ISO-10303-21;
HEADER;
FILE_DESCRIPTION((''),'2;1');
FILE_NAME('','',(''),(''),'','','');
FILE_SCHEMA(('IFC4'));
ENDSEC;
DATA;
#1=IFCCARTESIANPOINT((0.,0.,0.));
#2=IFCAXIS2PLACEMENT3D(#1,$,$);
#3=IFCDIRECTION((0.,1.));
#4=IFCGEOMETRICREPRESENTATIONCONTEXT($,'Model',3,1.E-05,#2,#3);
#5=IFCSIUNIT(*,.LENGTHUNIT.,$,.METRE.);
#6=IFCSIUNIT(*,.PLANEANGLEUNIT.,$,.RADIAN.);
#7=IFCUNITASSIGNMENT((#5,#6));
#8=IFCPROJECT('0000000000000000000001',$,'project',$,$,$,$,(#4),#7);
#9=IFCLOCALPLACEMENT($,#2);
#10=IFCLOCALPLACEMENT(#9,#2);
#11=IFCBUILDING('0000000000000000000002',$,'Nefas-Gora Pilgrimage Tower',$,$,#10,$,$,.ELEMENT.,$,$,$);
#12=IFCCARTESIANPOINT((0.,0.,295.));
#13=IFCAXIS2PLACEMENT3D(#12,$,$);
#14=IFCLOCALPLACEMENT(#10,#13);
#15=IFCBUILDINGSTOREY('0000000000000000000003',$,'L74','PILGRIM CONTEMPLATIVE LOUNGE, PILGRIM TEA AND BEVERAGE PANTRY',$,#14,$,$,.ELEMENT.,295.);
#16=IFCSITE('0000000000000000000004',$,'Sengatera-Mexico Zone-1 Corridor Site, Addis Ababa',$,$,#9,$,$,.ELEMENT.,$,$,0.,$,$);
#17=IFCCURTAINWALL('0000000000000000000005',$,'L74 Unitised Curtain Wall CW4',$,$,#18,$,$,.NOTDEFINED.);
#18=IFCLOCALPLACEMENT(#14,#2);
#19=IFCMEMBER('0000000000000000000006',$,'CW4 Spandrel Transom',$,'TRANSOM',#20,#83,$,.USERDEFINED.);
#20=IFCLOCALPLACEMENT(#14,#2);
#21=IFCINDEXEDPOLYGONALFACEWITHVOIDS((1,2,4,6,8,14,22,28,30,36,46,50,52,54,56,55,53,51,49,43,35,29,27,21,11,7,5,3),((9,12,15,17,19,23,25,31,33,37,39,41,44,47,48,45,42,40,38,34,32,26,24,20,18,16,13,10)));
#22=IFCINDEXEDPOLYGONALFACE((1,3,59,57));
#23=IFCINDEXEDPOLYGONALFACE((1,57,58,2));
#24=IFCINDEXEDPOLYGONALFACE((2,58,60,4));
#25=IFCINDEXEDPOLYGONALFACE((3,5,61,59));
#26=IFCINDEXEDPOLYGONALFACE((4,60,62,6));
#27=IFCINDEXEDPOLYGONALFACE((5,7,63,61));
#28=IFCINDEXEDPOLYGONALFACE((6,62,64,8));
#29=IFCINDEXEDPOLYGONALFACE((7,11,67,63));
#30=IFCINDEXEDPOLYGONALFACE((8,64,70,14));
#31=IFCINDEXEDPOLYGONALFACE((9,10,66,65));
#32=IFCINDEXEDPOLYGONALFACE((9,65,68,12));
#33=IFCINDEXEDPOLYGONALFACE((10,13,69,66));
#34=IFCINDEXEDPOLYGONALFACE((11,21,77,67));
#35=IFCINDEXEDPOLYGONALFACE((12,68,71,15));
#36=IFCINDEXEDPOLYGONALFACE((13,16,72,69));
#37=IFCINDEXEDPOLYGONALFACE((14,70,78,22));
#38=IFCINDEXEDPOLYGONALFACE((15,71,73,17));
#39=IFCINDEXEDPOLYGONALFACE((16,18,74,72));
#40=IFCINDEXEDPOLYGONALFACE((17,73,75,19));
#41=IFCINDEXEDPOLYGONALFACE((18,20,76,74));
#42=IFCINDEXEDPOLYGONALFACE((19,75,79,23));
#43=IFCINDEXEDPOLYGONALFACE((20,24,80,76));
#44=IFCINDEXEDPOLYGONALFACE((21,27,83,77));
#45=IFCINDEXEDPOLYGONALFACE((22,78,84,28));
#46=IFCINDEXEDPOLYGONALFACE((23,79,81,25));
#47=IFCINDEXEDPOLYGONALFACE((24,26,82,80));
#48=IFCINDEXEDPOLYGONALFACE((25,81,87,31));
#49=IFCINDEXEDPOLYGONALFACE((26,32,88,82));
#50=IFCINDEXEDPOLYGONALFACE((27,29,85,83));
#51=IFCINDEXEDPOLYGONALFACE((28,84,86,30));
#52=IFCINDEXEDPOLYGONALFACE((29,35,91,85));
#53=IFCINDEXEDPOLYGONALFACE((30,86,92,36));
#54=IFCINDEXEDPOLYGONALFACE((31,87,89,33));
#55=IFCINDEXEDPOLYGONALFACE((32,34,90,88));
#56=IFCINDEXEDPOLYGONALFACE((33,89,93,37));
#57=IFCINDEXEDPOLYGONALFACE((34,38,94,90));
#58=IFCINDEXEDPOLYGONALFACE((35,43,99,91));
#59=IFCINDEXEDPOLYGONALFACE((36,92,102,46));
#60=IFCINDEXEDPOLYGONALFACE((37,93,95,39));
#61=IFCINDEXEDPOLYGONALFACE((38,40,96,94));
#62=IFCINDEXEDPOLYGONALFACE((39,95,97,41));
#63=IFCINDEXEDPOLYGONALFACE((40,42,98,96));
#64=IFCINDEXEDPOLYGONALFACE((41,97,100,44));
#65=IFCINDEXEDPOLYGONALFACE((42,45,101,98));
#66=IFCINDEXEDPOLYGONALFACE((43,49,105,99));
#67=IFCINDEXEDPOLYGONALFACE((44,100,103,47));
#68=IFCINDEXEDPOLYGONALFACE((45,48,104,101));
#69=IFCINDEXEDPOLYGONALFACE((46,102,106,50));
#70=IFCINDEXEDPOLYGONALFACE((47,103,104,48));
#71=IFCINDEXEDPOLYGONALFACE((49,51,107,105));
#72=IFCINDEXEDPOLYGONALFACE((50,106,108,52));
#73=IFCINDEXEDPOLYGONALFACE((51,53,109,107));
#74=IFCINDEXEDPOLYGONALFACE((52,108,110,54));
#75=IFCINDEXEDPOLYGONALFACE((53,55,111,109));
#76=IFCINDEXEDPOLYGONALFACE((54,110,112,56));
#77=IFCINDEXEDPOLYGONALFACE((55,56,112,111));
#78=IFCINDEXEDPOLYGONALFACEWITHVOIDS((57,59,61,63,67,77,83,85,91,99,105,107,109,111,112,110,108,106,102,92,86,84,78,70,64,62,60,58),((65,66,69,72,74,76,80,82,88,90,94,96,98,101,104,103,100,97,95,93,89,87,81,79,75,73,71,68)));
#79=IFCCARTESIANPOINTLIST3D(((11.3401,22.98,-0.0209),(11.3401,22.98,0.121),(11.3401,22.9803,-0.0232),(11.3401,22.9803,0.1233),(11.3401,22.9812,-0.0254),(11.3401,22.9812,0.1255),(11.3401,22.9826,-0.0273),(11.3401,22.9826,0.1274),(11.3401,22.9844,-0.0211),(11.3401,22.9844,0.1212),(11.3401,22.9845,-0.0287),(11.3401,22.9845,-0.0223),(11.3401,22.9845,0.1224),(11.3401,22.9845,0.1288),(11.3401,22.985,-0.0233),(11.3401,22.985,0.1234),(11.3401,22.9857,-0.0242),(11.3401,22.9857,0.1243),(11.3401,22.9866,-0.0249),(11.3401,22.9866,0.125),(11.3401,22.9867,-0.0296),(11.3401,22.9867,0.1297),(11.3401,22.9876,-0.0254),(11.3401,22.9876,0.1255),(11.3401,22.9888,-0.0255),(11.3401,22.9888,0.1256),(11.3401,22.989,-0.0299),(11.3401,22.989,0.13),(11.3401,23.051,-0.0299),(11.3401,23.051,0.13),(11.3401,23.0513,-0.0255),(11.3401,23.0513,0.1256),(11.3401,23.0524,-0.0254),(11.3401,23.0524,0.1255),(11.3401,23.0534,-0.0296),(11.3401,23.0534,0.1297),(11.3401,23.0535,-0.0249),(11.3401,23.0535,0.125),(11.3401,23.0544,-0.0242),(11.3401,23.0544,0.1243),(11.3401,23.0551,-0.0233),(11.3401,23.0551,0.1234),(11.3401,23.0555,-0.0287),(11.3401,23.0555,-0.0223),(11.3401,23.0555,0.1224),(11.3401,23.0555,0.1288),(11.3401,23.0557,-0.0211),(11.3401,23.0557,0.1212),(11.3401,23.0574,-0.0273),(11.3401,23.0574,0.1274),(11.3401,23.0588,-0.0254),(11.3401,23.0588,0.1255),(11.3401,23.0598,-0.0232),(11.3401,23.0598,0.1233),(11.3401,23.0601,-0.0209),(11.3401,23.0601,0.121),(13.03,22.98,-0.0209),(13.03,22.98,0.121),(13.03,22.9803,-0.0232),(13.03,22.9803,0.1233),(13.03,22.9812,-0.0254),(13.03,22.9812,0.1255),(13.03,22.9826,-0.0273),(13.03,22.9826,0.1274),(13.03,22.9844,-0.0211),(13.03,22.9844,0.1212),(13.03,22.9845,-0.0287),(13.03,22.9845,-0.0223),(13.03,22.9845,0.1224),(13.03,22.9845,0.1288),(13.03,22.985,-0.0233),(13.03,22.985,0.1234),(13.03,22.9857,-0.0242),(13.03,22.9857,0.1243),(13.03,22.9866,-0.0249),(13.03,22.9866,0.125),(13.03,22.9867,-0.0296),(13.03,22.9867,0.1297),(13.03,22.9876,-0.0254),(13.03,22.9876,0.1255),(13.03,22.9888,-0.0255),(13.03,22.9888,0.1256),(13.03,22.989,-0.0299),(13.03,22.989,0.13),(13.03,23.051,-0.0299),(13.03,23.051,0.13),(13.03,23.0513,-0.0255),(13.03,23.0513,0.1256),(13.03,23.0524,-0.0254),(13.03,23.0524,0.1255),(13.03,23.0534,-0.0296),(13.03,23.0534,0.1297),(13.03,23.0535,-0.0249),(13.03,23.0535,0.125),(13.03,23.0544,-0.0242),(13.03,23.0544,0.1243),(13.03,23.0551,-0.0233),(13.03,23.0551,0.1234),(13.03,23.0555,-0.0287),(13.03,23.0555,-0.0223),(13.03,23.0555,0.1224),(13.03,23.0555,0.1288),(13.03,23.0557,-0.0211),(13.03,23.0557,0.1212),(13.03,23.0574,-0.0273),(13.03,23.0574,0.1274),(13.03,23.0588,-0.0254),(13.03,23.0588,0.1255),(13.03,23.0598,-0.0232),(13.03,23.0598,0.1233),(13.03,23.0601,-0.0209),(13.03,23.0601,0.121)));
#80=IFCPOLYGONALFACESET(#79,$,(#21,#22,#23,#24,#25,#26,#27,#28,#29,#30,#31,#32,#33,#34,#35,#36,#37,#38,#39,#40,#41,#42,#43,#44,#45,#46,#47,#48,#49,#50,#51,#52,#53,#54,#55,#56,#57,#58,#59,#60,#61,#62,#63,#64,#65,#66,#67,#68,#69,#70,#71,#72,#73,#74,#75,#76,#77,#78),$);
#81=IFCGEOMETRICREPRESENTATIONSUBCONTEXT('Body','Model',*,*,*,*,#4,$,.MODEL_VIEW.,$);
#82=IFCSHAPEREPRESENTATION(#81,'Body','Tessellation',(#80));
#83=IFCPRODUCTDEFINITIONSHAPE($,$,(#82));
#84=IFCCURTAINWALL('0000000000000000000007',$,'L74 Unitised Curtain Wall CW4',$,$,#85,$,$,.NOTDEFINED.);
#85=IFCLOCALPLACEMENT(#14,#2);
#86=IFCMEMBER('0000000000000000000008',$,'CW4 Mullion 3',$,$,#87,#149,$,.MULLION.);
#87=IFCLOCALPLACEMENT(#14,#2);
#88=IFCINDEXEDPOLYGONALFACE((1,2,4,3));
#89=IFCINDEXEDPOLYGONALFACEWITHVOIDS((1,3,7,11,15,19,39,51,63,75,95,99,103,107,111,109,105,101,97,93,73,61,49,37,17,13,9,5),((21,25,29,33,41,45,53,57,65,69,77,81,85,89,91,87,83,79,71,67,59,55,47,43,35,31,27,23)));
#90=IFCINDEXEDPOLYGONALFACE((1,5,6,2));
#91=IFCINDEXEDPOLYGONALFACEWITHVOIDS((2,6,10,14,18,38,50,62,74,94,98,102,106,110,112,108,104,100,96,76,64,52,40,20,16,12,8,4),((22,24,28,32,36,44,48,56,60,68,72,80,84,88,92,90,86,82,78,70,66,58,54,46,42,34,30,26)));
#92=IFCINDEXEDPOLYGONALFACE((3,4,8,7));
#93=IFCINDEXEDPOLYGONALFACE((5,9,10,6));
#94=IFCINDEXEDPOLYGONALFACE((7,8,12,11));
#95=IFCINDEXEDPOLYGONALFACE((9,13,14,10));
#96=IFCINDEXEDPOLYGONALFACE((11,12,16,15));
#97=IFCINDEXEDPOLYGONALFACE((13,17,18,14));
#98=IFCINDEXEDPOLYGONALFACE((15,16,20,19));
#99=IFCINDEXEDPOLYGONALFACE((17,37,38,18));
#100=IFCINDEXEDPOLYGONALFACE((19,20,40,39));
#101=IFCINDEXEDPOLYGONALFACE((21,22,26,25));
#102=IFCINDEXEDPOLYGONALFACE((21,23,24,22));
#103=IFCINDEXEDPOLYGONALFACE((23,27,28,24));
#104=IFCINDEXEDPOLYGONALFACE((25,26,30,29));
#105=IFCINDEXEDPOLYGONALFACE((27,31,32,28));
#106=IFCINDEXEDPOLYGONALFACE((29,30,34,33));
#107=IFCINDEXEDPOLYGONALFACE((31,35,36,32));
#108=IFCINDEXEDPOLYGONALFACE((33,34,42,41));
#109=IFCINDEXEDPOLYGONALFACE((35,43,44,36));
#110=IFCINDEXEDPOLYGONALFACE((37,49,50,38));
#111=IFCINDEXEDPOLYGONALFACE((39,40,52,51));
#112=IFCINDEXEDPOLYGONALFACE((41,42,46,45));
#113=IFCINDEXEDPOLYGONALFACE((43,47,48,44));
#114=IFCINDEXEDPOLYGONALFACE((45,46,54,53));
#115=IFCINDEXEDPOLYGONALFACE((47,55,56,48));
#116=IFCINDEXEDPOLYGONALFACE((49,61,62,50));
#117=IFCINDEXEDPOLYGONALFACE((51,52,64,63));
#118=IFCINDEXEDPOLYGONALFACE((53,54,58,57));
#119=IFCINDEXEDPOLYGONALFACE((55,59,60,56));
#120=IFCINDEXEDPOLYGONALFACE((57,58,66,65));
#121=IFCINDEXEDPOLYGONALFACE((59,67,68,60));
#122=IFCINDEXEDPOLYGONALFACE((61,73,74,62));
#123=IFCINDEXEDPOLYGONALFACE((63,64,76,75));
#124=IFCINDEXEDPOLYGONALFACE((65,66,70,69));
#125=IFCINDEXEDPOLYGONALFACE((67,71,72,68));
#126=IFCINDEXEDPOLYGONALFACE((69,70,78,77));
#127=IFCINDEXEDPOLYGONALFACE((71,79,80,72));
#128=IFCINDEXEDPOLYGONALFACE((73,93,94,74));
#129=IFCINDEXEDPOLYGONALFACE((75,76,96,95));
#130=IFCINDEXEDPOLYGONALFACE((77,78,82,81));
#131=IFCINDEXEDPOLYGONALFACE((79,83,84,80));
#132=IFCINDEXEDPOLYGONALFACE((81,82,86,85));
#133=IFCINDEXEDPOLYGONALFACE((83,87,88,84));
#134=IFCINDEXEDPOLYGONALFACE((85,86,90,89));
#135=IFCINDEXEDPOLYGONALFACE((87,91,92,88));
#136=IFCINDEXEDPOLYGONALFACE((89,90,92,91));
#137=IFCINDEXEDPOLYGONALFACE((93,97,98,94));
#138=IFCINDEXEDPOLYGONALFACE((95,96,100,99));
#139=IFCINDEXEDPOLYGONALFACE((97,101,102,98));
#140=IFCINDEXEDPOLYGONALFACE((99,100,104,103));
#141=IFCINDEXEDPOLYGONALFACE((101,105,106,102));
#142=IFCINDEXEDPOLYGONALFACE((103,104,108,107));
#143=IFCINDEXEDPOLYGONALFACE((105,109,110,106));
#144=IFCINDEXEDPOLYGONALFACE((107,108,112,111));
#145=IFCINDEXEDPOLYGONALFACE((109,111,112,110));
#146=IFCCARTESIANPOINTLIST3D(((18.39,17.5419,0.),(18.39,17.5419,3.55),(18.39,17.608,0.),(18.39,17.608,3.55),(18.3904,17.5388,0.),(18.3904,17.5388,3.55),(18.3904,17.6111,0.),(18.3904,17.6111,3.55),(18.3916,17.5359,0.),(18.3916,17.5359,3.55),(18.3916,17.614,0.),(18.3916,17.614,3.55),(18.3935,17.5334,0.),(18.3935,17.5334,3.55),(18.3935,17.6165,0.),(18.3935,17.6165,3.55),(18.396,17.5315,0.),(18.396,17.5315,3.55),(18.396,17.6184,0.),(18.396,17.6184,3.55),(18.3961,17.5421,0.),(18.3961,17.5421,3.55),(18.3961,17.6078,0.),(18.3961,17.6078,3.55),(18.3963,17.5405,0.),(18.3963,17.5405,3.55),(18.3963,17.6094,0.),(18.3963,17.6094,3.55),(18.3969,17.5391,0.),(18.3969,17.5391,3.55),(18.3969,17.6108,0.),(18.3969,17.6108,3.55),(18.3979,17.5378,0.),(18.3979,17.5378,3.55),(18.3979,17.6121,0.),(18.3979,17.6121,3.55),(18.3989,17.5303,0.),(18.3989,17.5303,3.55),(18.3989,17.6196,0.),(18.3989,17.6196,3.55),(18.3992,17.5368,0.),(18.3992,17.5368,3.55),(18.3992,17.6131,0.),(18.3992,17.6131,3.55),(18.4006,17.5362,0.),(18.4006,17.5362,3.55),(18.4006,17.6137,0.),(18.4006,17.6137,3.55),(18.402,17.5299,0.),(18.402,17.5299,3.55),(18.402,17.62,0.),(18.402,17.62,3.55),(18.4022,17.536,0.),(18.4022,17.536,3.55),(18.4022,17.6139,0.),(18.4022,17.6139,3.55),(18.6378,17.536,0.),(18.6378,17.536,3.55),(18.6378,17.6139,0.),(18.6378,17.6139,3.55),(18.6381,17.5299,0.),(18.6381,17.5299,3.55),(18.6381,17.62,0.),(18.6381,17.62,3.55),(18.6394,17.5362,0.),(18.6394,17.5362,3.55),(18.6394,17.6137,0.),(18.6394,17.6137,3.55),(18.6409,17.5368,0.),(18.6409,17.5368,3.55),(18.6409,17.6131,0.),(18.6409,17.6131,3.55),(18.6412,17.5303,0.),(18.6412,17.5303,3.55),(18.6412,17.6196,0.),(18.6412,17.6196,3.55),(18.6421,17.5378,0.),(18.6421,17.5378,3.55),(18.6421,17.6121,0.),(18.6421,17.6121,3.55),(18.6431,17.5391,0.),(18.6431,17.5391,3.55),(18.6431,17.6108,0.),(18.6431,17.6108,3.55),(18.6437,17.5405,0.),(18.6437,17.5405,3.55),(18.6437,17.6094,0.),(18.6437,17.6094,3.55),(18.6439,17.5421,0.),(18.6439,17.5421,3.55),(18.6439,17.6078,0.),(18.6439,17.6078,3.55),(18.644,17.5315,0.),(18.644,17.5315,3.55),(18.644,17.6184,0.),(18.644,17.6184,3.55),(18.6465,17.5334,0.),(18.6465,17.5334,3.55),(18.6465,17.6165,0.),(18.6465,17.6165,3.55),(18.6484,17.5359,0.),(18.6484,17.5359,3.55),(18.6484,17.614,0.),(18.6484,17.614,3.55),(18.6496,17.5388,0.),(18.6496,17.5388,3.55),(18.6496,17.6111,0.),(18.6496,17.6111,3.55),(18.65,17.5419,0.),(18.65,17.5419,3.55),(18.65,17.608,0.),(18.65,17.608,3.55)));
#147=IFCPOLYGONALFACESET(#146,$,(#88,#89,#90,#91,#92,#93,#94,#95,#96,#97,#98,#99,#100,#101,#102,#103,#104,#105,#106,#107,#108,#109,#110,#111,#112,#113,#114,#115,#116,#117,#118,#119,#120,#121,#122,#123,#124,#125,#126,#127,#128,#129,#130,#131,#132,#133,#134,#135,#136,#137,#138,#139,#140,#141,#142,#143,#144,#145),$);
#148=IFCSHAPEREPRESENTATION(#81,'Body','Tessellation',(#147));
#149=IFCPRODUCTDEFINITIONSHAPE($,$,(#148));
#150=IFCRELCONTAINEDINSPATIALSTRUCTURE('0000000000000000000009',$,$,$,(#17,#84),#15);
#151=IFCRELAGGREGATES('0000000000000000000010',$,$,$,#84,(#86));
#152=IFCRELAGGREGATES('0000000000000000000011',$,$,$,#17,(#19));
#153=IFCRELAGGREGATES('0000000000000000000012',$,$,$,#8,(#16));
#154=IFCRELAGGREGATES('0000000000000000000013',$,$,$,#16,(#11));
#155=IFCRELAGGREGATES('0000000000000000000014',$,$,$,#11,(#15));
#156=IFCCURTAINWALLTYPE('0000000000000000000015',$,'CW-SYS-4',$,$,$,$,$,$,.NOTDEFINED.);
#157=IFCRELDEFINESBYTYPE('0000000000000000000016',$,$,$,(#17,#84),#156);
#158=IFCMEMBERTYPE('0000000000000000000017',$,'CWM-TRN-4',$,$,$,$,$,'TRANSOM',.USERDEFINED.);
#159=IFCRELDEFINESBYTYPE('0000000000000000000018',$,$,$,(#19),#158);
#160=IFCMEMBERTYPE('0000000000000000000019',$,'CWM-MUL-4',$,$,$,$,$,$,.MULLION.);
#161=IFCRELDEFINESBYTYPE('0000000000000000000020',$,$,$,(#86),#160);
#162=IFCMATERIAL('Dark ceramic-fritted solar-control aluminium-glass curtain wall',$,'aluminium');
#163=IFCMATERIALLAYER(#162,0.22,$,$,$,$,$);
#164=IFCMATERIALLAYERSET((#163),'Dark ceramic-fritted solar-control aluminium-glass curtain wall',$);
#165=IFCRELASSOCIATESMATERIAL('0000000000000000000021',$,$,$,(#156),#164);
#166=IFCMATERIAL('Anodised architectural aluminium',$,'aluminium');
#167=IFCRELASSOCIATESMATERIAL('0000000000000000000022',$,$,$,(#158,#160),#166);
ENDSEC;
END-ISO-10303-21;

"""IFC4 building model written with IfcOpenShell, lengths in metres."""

from ifc_helpers import new_model, si_unit, direction, frame, origin, origin_2d, place, context, subcontext, project, spatial, hollow_rectangle, extrude, source, transform, mapped, material, layer, layer_set, material_profile, profile_set, type_object, element, aggregate, save


model = new_model("IFC4")

# Units and contexts
model_context = context("Model", 3, precision=1e-05, world=origin(), true_north=direction((0.0, 1.0)))
body_context = subcontext(model_context, "Body", "Model", "MODEL_VIEW")
ifc_project = project(units=[si_unit("LENGTHUNIT", "METRE"), si_unit("PLANEANGLEUNIT", "RADIAN")], contexts=[model_context])

# Site, building, storey
site_placement = place(None, origin())
site = spatial("IfcSite", under=ifc_project, at=site_placement, Name="Sengatera-Mexico Zone-1 Corridor Site, Addis Ababa", CompositionType="ELEMENT", RefElevation=0.0)
building_placement = place(site_placement, origin())
building = spatial("IfcBuilding", under=site, at=building_placement, Name="Nefas-Gora Pilgrimage Tower", CompositionType="ELEMENT")
storey_placement = place(building_placement, frame((0.0, 0.0, 295.0)))
storey = spatial("IfcBuildingStorey", under=building, at=storey_placement, Name="L74", Description="PILGRIM CONTEMPLATIVE LOUNGE, PILGRIM TEA AND BEVERAGE PANTRY", CompositionType="ELEMENT", Elevation=295.0)

# Shared definitions
ifc_material_1 = material(Name="Dark ceramic-fritted solar-control aluminium-glass curtain wall", Category="aluminium")
ifc_material_2 = material(Name="Anodised architectural aluminium", Category="aluminium")

# Curtain walls, members
ifc_layer_1 = layer(ifc_material_1, 0.22)
ifc_layer_set_1 = layer_set([ifc_layer_1], Name="Dark ceramic-fritted solar-control aluminium-glass curtain wall")
curtain_wall_type_1 = type_object("IfcCurtainWallType", Name="CW-SYS-4", PredefinedType="NOTDEFINED", material=ifc_layer_set_1)
curtain_wall_1_placement = place(storey_placement, origin())
curtain_wall_1 = element("IfcCurtainWall", 1, at=curtain_wall_1_placement, inside=storey, type_object=curtain_wall_type_1, Name="L74 Unitised Curtain Wall CW4", PredefinedType="NOTDEFINED")
ifc_material_profile_1 = material_profile(ifc_material_2, hollow_rectangle(XDim=0.0801, YDim=0.1599, WallThickness=0.0044, InnerFilletRadius=0.0044, OuterFilletRadius=0.009, at=origin_2d()), Name="ALU TRANSOM 80x160")
ifc_profile_set_1 = profile_set([ifc_material_profile_1], Name="Anodised architectural aluminium")
member_type_1 = type_object("IfcMemberType", Name="CWM-TRN-4", ElementType="TRANSOM", PredefinedType="USERDEFINED", material=ifc_profile_set_1)
shared_shape_1 = source(origin(), body_context, "Body", "SweptSolid", [
    extrude(hollow_rectangle(XDim=0.0801, YDim=0.1599, WallThickness=0.0044, InnerFilletRadius=0.0044, OuterFilletRadius=0.009, at=origin_2d()), origin(), (0.0, 0.0, 1.0), 1.6899),
])
member_1_placement = place(storey_placement, frame((13.03, 23.02, 0.05), z_axis=(-1.0, 0.0, 0.0), x_axis=(0.0, -1.0, 0.0)))
member_1 = element("IfcMember", 2, at=member_1_placement, type_object=member_type_1, Name="CW4 Spandrel Transom", ObjectType="TRANSOM", PredefinedType="USERDEFINED", context=body_context, shape_type="MappedRepresentation", body=[
    mapped(shared_shape_1, transform((0.0, 0.0, 0.0), x_axis=(1.0, 0.0, 0.0), y_axis=(0.0, 1.0, 0.0), z_axis=(0.0, 0.0, 1.0), scale=1.0)),
])
curtain_wall_2_placement = place(storey_placement, origin())
curtain_wall_2 = element("IfcCurtainWall", 3, at=curtain_wall_2_placement, inside=storey, type_object=curtain_wall_type_1, Name="L74 Unitised Curtain Wall CW4", PredefinedType="NOTDEFINED")
ifc_material_profile_2 = material_profile(ifc_material_2, hollow_rectangle(XDim=0.0901, YDim=0.26, WallThickness=0.0061, InnerFilletRadius=0.0061, OuterFilletRadius=0.012, at=origin_2d()), Name="ALU MULLION 90x260")
ifc_profile_set_2 = profile_set([ifc_material_profile_2], Name="Anodised architectural aluminium")
member_type_2 = type_object("IfcMemberType", Name="CWM-MUL-4", PredefinedType="MULLION", material=ifc_profile_set_2)
shared_shape_2 = source(origin(), body_context, "Body", "SweptSolid", [
    extrude(hollow_rectangle(XDim=0.0901, YDim=0.26, WallThickness=0.0061, InnerFilletRadius=0.0061, OuterFilletRadius=0.012, at=origin_2d()), origin(), (0.0, 0.0, 1.0), 3.55),
])
member_2_placement = place(storey_placement, frame((18.52, 17.575, 0.0), z_axis=(0.0, 0.0, 1.0), x_axis=(0.0, 1.0, 0.0)))
member_2 = element("IfcMember", 4, at=member_2_placement, type_object=member_type_2, Name="CW4 Mullion 3", PredefinedType="MULLION", context=body_context, shape_type="MappedRepresentation", body=[
    mapped(shared_shape_2, transform((0.0, 0.0, 0.0), x_axis=(1.0, 0.0, 0.0), y_axis=(0.0, 1.0, 0.0), z_axis=(0.0, 0.0, 1.0), scale=1.0)),
])
aggregate(curtain_wall_2, [member_2])

aggregate(curtain_wall_1, [member_1])

save(model, "model.ifc")
